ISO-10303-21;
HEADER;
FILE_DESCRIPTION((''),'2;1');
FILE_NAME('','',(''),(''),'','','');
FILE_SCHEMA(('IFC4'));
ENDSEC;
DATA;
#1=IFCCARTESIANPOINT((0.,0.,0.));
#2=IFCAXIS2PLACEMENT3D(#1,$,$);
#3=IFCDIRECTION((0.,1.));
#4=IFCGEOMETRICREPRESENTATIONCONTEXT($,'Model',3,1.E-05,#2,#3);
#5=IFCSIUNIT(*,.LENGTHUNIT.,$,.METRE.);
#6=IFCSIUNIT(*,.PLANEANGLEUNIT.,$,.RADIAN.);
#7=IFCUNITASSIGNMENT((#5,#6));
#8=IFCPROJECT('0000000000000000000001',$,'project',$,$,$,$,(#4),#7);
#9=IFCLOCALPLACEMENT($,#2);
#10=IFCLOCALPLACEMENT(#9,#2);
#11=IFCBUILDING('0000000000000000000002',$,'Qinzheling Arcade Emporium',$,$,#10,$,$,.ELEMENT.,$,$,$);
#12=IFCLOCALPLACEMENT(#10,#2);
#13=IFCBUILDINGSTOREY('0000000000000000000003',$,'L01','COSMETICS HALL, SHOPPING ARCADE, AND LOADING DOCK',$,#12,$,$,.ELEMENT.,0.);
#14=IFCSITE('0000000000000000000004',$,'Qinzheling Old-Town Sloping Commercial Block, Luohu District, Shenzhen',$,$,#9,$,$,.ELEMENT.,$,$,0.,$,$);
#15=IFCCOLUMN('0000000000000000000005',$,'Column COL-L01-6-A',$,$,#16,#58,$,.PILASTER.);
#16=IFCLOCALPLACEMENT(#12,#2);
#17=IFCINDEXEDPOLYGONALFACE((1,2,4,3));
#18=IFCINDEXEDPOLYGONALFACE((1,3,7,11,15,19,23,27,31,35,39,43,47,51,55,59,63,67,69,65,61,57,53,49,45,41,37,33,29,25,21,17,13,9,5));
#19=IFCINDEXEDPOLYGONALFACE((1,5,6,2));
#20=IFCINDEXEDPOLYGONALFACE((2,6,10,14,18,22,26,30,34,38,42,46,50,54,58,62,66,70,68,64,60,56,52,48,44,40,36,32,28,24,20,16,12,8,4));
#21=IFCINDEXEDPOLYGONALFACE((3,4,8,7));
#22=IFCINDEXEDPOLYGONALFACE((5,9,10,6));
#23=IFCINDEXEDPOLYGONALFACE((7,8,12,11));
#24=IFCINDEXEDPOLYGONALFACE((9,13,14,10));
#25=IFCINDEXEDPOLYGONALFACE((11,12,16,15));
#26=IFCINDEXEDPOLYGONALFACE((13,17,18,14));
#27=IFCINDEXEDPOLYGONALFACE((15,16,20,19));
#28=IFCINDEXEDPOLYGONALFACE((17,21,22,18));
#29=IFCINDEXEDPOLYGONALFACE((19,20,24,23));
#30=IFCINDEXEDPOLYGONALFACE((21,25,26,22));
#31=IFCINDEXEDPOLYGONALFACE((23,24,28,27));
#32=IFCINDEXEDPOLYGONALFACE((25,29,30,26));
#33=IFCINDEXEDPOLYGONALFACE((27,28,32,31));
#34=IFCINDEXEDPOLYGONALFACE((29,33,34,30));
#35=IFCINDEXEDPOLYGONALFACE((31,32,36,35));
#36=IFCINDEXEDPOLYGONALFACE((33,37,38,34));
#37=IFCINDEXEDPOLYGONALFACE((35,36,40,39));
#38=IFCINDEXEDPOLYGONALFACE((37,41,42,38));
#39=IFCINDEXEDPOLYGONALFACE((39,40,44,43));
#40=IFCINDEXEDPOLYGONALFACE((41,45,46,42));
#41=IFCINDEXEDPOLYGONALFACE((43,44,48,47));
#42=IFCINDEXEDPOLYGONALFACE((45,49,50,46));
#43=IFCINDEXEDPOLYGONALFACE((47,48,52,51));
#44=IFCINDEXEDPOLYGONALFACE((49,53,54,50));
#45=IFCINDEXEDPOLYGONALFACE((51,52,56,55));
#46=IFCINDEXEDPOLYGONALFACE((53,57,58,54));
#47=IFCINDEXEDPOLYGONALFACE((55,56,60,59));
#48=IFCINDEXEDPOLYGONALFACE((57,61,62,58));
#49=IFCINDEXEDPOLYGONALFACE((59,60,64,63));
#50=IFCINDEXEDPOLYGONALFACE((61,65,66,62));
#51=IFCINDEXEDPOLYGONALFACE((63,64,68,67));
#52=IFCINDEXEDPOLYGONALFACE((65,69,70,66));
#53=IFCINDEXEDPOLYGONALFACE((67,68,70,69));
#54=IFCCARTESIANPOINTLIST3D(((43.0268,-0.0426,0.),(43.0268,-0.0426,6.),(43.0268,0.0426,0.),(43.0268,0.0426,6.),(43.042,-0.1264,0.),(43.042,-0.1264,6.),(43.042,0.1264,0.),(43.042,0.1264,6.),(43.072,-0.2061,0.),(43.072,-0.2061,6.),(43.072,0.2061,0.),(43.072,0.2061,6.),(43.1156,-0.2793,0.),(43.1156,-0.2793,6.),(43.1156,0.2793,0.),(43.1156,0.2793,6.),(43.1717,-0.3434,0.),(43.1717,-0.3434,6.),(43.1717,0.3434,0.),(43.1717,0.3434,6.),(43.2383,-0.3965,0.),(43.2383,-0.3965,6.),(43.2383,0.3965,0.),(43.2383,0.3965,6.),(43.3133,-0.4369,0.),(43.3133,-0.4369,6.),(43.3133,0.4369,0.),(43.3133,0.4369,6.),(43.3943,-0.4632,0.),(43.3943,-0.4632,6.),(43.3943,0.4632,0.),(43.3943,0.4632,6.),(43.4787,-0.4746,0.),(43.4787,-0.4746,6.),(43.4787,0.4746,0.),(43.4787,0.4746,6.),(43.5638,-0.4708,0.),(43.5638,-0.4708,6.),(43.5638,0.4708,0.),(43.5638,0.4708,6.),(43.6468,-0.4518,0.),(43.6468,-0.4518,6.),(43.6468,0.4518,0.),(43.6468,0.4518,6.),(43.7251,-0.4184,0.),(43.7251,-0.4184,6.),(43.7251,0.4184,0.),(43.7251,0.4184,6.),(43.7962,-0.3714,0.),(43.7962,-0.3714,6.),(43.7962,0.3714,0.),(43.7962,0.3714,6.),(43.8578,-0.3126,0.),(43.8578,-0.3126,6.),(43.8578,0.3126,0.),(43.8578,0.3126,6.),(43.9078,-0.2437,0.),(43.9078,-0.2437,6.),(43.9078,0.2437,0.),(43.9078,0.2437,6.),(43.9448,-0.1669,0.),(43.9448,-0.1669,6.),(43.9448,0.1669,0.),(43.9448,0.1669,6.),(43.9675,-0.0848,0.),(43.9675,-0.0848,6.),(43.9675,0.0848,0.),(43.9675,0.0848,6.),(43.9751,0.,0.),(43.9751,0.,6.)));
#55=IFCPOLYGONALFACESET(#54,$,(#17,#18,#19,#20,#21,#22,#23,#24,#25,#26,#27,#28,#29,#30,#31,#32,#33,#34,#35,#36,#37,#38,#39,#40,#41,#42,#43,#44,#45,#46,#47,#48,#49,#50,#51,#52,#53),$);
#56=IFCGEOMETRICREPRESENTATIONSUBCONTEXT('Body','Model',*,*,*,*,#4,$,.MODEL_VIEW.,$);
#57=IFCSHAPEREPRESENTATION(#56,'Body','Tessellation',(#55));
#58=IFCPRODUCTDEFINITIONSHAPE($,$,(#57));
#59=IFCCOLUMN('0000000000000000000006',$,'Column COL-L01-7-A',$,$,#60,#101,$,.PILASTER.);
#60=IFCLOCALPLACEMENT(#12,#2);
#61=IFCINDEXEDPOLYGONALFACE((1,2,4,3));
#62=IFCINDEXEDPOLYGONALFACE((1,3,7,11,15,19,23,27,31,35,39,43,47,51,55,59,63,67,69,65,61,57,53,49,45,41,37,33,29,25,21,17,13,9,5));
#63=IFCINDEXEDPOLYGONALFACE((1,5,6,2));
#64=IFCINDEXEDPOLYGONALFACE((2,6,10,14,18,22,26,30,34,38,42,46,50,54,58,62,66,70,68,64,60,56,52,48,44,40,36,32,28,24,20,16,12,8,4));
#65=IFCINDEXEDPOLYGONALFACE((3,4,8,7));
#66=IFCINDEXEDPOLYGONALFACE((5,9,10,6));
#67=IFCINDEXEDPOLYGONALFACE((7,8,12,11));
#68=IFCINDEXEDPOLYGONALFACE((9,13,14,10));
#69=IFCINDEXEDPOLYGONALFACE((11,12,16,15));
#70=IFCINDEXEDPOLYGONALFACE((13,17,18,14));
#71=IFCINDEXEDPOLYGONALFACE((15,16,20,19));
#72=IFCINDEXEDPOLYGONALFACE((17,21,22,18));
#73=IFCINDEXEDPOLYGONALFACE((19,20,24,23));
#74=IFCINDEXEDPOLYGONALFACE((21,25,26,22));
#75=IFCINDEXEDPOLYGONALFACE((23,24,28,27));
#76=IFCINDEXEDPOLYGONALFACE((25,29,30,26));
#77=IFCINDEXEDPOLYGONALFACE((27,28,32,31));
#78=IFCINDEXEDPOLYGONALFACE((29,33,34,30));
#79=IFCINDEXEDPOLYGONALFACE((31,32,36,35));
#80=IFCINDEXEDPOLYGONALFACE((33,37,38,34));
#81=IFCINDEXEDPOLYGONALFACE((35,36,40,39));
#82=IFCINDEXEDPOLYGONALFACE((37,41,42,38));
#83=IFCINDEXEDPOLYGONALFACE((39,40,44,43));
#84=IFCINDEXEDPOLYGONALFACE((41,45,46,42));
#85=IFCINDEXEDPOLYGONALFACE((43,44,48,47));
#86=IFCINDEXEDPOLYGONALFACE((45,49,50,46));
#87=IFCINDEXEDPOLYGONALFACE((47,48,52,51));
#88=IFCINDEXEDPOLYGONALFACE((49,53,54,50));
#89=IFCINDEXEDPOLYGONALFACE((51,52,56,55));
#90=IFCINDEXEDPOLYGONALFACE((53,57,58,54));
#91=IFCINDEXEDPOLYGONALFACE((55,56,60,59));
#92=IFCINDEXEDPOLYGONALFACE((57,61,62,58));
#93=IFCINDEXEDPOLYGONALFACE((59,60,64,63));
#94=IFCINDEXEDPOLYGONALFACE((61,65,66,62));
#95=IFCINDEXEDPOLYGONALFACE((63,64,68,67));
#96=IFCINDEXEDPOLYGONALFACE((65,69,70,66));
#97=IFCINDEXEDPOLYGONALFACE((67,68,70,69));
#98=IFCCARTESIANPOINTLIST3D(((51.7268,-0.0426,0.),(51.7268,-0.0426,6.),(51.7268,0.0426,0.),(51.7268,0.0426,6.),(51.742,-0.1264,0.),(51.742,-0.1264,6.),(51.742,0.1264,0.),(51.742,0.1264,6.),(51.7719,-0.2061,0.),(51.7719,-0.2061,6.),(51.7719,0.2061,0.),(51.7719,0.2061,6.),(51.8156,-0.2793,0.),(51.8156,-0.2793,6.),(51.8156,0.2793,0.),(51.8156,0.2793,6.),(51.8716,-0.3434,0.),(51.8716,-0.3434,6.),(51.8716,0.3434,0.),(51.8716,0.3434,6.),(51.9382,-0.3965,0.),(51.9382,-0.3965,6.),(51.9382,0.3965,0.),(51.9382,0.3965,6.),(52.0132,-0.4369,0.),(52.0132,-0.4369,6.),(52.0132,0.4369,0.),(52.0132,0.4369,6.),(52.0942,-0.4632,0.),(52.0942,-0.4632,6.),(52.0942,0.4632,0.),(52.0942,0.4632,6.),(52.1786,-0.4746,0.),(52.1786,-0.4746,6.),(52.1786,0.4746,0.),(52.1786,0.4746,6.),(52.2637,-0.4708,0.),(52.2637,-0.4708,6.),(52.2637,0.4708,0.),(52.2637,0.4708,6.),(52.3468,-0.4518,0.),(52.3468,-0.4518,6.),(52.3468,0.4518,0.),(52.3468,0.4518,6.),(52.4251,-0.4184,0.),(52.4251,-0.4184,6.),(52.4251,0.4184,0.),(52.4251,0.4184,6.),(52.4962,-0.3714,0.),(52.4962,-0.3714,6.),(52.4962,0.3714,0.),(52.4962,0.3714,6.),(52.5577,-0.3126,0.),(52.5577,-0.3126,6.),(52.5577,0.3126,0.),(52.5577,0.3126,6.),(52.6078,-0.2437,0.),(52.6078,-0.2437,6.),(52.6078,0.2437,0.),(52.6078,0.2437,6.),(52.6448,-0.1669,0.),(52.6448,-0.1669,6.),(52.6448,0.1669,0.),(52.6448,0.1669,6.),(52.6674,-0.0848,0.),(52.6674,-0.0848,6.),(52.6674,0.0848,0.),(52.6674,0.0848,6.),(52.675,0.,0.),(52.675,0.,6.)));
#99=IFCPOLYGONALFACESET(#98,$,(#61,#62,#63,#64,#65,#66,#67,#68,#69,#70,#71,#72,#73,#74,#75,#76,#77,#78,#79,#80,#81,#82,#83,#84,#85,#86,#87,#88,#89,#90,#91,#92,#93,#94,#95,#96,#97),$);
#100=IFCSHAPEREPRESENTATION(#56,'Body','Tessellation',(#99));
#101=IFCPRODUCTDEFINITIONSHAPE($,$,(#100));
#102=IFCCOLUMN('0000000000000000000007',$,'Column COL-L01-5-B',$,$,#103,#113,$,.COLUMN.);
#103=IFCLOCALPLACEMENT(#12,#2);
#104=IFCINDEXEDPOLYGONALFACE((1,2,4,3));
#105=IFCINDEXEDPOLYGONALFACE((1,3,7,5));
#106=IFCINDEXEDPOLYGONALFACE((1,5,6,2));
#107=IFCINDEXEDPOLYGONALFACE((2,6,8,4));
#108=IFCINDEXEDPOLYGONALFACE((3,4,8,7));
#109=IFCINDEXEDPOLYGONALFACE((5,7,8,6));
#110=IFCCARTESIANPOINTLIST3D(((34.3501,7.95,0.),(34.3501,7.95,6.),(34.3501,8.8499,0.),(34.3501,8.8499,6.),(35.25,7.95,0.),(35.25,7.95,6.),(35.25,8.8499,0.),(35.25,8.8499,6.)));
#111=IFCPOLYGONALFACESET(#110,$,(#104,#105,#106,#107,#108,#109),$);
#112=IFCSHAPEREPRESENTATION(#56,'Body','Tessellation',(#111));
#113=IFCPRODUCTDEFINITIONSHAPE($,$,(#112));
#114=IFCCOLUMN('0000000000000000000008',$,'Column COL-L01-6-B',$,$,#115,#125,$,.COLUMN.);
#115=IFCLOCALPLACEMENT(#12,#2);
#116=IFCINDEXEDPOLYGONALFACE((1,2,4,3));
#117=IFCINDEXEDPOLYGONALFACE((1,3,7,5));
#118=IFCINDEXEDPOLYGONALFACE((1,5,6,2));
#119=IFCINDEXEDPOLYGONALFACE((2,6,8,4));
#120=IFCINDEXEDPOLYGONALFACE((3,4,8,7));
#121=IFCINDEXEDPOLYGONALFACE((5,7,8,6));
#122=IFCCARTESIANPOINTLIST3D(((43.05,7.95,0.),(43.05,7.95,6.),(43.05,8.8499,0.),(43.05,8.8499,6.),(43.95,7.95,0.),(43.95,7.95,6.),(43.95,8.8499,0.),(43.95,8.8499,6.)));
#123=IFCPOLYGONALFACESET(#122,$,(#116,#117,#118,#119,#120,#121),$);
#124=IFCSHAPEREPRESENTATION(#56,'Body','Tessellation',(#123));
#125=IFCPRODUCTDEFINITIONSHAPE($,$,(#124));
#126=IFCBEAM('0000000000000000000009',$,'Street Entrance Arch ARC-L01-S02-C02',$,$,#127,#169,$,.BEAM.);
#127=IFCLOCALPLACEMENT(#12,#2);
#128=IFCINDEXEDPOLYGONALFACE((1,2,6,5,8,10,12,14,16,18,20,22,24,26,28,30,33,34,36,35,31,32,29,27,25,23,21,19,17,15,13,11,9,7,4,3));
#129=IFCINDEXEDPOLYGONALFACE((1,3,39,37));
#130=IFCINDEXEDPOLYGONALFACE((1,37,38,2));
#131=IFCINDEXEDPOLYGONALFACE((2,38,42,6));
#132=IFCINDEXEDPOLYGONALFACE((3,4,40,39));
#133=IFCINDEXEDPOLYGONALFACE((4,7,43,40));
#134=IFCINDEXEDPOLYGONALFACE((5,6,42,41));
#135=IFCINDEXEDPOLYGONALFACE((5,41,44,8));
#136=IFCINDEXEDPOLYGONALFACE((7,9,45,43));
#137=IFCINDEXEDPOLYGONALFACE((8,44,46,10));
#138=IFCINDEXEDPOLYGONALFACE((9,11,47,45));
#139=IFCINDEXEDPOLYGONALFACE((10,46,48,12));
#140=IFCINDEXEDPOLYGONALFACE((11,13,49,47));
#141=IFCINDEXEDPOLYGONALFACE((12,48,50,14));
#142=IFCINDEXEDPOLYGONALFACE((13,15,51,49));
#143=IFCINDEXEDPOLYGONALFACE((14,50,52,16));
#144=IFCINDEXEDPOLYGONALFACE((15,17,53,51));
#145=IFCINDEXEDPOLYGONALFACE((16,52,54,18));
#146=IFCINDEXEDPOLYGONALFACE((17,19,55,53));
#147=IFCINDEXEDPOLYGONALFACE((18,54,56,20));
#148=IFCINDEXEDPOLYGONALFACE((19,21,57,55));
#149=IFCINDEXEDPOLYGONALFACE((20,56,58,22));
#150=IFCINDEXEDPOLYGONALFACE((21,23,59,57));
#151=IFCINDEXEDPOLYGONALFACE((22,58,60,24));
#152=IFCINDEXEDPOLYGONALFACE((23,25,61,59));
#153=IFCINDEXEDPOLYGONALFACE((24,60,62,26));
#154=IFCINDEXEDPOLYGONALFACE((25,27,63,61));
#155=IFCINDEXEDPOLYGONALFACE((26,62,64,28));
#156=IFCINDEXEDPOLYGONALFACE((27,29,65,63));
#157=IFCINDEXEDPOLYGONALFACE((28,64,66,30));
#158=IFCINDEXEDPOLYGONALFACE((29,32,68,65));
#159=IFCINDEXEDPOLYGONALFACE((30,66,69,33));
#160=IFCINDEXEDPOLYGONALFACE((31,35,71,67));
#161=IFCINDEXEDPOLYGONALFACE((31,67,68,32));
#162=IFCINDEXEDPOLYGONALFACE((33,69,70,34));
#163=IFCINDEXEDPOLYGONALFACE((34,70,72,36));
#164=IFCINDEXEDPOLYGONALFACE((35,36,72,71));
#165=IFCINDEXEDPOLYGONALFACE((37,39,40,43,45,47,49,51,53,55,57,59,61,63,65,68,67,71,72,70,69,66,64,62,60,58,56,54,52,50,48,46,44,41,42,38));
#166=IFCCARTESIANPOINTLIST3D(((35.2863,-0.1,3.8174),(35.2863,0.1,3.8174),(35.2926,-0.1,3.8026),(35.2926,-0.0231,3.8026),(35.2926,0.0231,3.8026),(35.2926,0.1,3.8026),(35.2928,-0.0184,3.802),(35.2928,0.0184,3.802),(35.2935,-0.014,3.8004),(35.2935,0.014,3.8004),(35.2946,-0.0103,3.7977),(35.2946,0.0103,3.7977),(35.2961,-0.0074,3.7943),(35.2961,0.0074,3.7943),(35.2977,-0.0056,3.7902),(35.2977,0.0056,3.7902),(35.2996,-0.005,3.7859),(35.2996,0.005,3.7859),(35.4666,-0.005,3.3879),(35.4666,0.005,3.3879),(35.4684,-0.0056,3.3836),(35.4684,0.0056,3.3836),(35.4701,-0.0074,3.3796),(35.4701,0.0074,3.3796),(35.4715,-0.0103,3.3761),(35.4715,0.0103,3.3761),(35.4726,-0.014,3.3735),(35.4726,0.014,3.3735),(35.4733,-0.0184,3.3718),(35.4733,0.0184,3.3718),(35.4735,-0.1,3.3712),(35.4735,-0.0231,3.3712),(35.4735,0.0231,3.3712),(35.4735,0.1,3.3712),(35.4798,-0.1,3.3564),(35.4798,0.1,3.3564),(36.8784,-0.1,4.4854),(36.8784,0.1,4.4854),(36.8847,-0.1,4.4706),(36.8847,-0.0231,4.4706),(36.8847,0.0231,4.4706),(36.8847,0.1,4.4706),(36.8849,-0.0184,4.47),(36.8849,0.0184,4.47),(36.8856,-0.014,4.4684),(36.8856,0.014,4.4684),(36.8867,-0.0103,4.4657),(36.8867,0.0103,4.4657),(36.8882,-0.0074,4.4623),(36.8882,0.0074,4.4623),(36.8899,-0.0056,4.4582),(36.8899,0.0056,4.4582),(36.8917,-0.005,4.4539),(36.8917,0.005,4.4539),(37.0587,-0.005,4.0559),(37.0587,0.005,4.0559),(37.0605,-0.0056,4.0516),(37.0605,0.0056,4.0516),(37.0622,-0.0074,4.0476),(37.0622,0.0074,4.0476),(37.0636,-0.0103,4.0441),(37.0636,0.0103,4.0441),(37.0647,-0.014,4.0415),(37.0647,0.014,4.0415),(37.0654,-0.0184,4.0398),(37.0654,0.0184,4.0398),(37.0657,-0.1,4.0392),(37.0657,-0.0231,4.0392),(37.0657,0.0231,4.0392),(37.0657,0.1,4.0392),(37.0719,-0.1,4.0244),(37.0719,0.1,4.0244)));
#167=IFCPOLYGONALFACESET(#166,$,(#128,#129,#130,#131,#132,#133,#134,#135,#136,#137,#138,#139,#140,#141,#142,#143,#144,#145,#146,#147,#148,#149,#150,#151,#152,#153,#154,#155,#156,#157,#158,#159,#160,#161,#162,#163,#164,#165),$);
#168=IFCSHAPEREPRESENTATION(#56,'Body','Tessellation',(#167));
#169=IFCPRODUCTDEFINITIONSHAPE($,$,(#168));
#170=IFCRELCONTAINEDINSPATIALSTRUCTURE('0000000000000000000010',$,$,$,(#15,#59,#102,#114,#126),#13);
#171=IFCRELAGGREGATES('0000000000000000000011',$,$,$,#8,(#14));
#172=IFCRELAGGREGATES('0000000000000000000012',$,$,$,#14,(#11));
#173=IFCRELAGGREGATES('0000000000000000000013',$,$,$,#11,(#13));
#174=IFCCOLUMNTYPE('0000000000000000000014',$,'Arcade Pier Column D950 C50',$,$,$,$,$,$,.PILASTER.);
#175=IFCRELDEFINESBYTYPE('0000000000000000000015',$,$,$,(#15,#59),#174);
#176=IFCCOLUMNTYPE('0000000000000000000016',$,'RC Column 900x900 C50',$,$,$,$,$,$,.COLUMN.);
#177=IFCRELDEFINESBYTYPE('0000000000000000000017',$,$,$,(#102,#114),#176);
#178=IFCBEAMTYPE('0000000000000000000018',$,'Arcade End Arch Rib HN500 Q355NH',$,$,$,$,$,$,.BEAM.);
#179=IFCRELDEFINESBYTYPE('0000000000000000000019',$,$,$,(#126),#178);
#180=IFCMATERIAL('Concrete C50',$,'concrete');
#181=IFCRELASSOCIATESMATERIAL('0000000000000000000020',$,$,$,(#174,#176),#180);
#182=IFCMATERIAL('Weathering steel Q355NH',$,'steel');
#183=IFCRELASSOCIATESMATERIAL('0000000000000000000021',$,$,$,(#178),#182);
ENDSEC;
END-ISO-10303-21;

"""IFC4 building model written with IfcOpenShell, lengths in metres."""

from ifc_helpers import new_model, si_unit, direction, frame, origin, origin_2d, place, context, subcontext, project, spatial, rectangle, circle, i_section, extrude, material, material_profile, profile_set, type_object, element, save


model = new_model("IFC4")

# Units and contexts
model_context = context("Model", 3, precision=1e-05, world=origin(), true_north=direction((0.0, 1.0)))
body_context = subcontext(model_context, "Body", "Model", "MODEL_VIEW")
ifc_project = project(units=[si_unit("LENGTHUNIT", "METRE"), si_unit("PLANEANGLEUNIT", "RADIAN")], contexts=[model_context])

# Site, building, storey
site_placement = place(None, origin())
site = spatial("IfcSite", under=ifc_project, at=site_placement, Name="Qinzheling Old-Town Sloping Commercial Block, Luohu District, Shenzhen", CompositionType="ELEMENT", RefElevation=0.0)
building_placement = place(site_placement, origin())
building = spatial("IfcBuilding", under=site, at=building_placement, Name="Qinzheling Arcade Emporium", CompositionType="ELEMENT")
storey_placement = place(building_placement, origin())
storey = spatial("IfcBuildingStorey", under=building, at=storey_placement, Name="L01", Description="COSMETICS HALL, SHOPPING ARCADE, AND LOADING DOCK", CompositionType="ELEMENT", Elevation=0.0)

# Columns
ifc_material_1 = material(Name="Concrete C50", Category="concrete")
ifc_material_profile_1 = material_profile(ifc_material_1, circle(Radius=0.4751, at=origin_2d()), Name="RC D950", Category="concrete")
ifc_profile_set_1 = profile_set([ifc_material_profile_1], Name="Concrete C50")
column_type_1 = type_object("IfcColumnType", Name="Arcade Pier Column D950 C50", PredefinedType="PILASTER", material=ifc_profile_set_1)
for number, where, z_axis, x_axis, name in (
    (1, (43.5, 0.0, 0.0), (0.0, 0.0, 1.0), (1.0, 0.0, 0.0), "Column COL-L01-6-A"),
    (2, (52.2, 0.0, 0.0), (0.0, 0.0, 1.0), (1.0, 0.0, 0.0), "Column COL-L01-7-A"),
):
    element("IfcColumn", number, at=place(storey_placement, frame(where, z_axis=z_axis, x_axis=x_axis)), inside=storey, type_object=column_type_1, Name=name, PredefinedType="PILASTER", context=body_context, shape_type="SweptSolid", body=[
        extrude(circle(Radius=0.4751, at=origin_2d()), origin(), (0.0, 0.0, 1.0), 6.0),
    ])
ifc_material_profile_2 = material_profile(ifc_material_1, rectangle(XDim=0.8999, YDim=0.8999, at=origin_2d()), Name="RC 900x900", Category="concrete")
ifc_profile_set_2 = profile_set([ifc_material_profile_2], Name="Concrete C50")
column_type_2 = type_object("IfcColumnType", Name="RC Column 900x900 C50", PredefinedType="COLUMN", material=ifc_profile_set_2)
for number, where, z_axis, x_axis, name in (
    (3, (34.8, 8.3999, 0.0), (0.0, 0.0, 1.0), (1.0, 0.0, 0.0), "Column COL-L01-5-B"),
    (4, (43.5, 8.3999, 0.0), (0.0, 0.0, 1.0), (1.0, 0.0, 0.0), "Column COL-L01-6-B"),
):
    element("IfcColumn", number, at=place(storey_placement, frame(where, z_axis=z_axis, x_axis=x_axis)), inside=storey, type_object=column_type_2, Name=name, PredefinedType="COLUMN", context=body_context, shape_type="SweptSolid", body=[
        extrude(rectangle(XDim=0.8999, YDim=0.8999, at=origin_2d()), origin(), (0.0, 0.0, 1.0), 6.0),
    ])

# Beam
ifc_material_2 = material(Name="Weathering steel Q355NH", Category="steel")
ifc_material_profile_3 = material_profile(ifc_material_2, i_section(OverallWidth=0.2, OverallDepth=0.5, WebThickness=0.01, FlangeThickness=0.0161, FilletRadius=0.0181, at=origin_2d()), Name="HN 500x200x10x16", Category="steel")
ifc_profile_set_3 = profile_set([ifc_material_profile_3], Name="Weathering steel Q355NH")
beam_type_1 = type_object("IfcBeamType", Name="Arcade End Arch Rib HN500 Q355NH", PredefinedType="BEAM", material=ifc_profile_set_3)
beam_1_placement = place(storey_placement, frame((35.3831, 0.0, 3.5869), z_axis=(0.922124, 0.0, 0.386893), x_axis=(0.0, 1.0, 0.0)))
element("IfcBeam", 5, at=beam_1_placement, inside=storey, type_object=beam_type_1, Name="Street Entrance Arch ARC-L01-S02-C02", PredefinedType="BEAM", context=body_context, shape_type="SweptSolid", body=[
    extrude(i_section(OverallWidth=0.2, OverallDepth=0.5, WebThickness=0.01, FlangeThickness=0.0161, FilletRadius=0.0181, at=origin_2d()), origin(), (0.0, 0.0, 1.0), 1.7266),
])

save(model, "model.ifc")
